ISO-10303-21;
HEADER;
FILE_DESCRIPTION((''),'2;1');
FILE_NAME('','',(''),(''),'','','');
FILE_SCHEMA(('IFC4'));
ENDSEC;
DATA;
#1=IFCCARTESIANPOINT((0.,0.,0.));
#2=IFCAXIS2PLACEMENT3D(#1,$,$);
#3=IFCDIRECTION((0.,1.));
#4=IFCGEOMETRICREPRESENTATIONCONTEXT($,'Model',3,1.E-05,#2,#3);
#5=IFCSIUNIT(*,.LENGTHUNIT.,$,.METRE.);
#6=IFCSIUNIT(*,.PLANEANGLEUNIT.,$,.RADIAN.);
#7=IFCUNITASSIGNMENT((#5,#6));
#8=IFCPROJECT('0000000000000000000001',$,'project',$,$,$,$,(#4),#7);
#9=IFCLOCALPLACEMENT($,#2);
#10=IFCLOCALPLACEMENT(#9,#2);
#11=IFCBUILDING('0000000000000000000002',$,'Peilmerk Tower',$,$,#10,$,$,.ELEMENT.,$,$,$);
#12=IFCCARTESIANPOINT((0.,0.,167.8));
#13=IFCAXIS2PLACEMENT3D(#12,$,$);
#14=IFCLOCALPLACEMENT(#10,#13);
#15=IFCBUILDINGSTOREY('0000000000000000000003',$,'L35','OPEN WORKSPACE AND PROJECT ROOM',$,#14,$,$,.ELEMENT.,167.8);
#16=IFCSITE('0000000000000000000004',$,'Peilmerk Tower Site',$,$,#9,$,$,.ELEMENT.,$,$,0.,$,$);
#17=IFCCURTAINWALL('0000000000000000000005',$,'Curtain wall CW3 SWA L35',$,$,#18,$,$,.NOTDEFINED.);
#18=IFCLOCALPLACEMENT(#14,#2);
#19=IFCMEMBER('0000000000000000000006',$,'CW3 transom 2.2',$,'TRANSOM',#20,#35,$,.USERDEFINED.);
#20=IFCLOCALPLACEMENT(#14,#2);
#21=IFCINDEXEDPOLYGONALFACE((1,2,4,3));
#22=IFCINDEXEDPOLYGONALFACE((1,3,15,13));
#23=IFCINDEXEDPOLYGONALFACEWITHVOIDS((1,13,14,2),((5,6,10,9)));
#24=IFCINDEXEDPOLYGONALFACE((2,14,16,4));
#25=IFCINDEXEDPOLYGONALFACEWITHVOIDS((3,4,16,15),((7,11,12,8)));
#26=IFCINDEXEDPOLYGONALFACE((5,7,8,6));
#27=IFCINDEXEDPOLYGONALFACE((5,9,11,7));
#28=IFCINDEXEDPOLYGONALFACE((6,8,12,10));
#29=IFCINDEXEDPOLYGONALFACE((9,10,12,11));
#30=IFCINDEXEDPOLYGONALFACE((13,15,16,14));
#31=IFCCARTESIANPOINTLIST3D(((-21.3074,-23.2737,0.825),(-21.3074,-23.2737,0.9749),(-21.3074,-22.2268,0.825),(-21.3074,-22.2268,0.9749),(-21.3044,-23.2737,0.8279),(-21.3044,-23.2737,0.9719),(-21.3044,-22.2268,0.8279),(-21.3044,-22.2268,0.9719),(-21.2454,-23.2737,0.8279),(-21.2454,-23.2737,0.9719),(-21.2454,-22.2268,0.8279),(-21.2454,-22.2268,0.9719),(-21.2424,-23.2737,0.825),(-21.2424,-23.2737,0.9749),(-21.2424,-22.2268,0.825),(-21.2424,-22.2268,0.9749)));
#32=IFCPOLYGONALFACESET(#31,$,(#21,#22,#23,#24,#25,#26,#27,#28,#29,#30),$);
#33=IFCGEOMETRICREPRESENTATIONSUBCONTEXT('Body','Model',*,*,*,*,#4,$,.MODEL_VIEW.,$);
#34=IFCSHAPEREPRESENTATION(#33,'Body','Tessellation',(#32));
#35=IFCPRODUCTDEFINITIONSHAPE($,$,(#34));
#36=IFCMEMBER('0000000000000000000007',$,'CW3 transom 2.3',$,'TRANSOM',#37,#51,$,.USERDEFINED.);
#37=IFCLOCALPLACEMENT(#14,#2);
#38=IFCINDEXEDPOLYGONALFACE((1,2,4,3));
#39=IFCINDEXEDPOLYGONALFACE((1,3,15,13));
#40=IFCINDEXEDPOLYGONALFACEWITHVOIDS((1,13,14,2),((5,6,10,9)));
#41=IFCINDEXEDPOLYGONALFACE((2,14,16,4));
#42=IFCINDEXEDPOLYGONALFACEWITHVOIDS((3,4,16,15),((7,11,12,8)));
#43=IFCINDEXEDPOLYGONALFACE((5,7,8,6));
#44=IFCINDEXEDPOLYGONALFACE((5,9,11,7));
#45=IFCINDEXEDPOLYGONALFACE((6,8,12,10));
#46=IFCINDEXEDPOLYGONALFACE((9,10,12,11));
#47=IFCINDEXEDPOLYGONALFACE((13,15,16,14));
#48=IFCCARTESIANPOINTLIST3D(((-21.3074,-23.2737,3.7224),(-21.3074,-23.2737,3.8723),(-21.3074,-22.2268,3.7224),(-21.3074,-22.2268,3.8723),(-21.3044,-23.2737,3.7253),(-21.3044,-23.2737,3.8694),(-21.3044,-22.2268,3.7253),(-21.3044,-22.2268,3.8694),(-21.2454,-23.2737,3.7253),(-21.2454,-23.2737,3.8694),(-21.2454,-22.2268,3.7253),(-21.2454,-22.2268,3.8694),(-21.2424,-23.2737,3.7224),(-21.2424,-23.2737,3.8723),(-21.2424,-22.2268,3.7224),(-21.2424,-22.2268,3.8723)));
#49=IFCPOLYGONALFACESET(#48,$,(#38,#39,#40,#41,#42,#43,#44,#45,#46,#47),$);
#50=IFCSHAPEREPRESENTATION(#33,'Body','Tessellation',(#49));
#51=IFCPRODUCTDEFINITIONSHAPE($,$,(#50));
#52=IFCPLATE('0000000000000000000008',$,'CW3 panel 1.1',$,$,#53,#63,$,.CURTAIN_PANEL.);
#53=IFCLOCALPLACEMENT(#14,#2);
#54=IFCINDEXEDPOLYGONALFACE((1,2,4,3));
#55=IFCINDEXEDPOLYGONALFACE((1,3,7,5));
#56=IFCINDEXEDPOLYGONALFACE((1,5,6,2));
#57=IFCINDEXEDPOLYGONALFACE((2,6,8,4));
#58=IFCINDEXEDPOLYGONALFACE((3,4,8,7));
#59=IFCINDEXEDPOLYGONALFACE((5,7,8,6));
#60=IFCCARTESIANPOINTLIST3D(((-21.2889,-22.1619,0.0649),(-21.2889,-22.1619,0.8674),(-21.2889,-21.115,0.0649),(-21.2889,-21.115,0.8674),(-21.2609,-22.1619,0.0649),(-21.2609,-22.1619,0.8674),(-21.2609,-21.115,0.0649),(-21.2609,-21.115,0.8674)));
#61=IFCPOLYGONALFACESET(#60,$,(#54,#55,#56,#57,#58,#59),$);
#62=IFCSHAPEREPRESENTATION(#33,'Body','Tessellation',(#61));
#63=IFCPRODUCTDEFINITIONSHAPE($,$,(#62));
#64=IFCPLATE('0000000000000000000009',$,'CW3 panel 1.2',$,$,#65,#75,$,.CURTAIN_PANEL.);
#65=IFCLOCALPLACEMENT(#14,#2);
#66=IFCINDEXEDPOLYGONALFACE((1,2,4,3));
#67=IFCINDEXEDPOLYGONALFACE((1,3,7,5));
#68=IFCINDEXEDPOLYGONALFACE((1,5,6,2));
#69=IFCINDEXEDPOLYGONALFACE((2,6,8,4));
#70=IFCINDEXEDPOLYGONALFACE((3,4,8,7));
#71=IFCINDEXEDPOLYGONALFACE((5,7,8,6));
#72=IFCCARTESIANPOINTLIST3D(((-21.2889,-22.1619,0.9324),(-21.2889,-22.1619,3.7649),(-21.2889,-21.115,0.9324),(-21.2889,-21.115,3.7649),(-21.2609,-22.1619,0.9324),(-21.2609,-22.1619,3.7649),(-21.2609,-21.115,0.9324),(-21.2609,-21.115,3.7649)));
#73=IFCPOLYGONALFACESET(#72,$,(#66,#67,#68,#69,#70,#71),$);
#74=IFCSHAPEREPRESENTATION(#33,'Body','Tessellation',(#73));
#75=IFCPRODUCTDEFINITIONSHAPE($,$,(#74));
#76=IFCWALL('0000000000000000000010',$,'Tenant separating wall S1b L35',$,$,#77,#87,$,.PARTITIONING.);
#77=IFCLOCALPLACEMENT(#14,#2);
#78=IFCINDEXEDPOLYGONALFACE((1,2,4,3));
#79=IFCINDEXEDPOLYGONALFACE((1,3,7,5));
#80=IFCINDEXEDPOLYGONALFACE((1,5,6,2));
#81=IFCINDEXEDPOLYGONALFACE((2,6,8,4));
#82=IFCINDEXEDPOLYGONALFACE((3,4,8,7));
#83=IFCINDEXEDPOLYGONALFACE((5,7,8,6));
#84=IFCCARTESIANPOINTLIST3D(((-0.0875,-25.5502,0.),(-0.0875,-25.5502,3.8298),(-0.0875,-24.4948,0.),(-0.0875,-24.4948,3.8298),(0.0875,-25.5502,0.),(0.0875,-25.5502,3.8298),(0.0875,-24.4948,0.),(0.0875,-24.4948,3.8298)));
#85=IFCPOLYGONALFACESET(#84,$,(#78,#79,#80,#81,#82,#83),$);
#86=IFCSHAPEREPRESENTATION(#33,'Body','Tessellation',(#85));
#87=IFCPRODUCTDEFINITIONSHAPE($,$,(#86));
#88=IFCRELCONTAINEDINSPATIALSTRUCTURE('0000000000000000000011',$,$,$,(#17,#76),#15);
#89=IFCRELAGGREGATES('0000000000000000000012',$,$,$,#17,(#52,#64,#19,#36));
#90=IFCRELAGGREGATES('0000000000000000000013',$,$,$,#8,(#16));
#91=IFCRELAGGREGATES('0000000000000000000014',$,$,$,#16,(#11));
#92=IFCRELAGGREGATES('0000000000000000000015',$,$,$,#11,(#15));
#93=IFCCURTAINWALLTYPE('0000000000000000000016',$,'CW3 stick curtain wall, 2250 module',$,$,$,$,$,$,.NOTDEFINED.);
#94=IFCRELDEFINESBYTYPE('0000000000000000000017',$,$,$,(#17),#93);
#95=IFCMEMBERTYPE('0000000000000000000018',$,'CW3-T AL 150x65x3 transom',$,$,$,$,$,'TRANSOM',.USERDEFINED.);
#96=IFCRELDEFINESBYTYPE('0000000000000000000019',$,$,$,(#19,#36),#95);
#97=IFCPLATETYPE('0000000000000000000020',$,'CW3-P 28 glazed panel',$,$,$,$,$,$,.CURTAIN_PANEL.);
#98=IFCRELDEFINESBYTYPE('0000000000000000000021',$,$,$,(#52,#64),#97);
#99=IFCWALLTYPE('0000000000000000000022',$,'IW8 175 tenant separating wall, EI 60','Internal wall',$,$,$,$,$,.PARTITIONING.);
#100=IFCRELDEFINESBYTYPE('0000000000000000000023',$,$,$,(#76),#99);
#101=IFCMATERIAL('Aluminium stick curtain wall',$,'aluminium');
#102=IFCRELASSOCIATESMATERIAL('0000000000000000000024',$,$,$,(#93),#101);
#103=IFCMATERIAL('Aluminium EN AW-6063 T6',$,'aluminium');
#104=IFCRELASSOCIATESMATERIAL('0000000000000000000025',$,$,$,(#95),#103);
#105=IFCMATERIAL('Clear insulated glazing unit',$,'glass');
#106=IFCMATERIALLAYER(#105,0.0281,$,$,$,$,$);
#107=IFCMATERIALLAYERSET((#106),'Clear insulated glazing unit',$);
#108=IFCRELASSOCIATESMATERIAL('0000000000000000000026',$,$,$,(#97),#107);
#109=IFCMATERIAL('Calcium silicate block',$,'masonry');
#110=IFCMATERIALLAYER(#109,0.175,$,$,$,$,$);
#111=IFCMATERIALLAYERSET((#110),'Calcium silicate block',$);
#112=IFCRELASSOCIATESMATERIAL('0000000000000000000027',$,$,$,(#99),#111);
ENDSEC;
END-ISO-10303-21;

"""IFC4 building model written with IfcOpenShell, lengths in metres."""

from ifc_helpers import new_model, si_unit, direction, frame, frame_2d, origin, origin_2d, place, context, subcontext, project, spatial, rectangle, hollow_rectangle, extrude, material, layer, layer_set, material_profile, profile_set, type_object, element, aggregate, save


model = new_model("IFC4")

# Units and contexts
model_context = context("Model", 3, precision=1e-05, world=origin(), true_north=direction((0.0, 1.0)))
body_context = subcontext(model_context, "Body", "Model", "MODEL_VIEW")
ifc_project = project(units=[si_unit("LENGTHUNIT", "METRE"), si_unit("PLANEANGLEUNIT", "RADIAN")], contexts=[model_context])

# Site, building, storey
site_placement = place(None, origin())
site = spatial("IfcSite", under=ifc_project, at=site_placement, Name="Peilmerk Tower Site", CompositionType="ELEMENT", RefElevation=0.0)
building_placement = place(site_placement, origin())
building = spatial("IfcBuilding", under=site, at=building_placement, Name="Peilmerk Tower", CompositionType="ELEMENT")
storey_placement = place(building_placement, frame((0.0, 0.0, 167.8)))
storey = spatial("IfcBuildingStorey", under=building, at=storey_placement, Name="L35", Description="OPEN WORKSPACE AND PROJECT ROOM", CompositionType="ELEMENT", Elevation=167.8)

# Curtain wall, members, plates
ifc_material_1 = material(Name="Aluminium stick curtain wall", Category="aluminium")
curtain_wall_type = type_object("IfcCurtainWallType", Name="CW3 stick curtain wall, 2250 module", PredefinedType="NOTDEFINED", material=ifc_material_1)
curtain_wall_placement = place(storey_placement, origin())
curtain_wall = element("IfcCurtainWall", 1, at=curtain_wall_placement, inside=storey, type_object=curtain_wall_type, Name="Curtain wall CW3 SWA L35", PredefinedType="NOTDEFINED")
ifc_material_2 = material(Name="Aluminium EN AW-6063 T6", Category="aluminium")
ifc_material_profile_1 = material_profile(ifc_material_2, hollow_rectangle(XDim=0.0649, YDim=0.1499, WallThickness=0.0029, at=origin_2d()), Name="AL 150x65x3")
ifc_profile_set_1 = profile_set([ifc_material_profile_1], Name="Aluminium EN AW-6063 T6")
member_type_1 = type_object("IfcMemberType", Name="CW3-T AL 150x65x3 transom", ElementType="TRANSOM", PredefinedType="USERDEFINED", material=ifc_profile_set_1)
member_1_placement = place(storey_placement, frame((-21.2749, -22.2268, 0.8999), z_axis=(0.0, -1.0, 0.0), x_axis=(1.0, 0.0, 0.0)))
member_1 = element("IfcMember", 2, at=member_1_placement, type_object=member_type_1, Name="CW3 transom 2.2", ObjectType="TRANSOM", PredefinedType="USERDEFINED", context=body_context, shape_type="SweptSolid", body=[
    extrude(hollow_rectangle(XDim=0.0649, YDim=0.1499, WallThickness=0.0029, at=origin_2d()), origin(), (0.0, 0.0, 1.0), 1.0469),
])
member_2_placement = place(storey_placement, frame((-21.2749, -22.2268, 3.7974), z_axis=(0.0, -1.0, 0.0), x_axis=(1.0, 0.0, 0.0)))
member_2 = element("IfcMember", 3, at=member_2_placement, type_object=member_type_1, Name="CW3 transom 2.3", ObjectType="TRANSOM", PredefinedType="USERDEFINED", context=body_context, shape_type="SweptSolid", body=[
    extrude(hollow_rectangle(XDim=0.0649, YDim=0.1499, WallThickness=0.0029, at=origin_2d()), origin(), (0.0, 0.0, 1.0), 1.0469),
])
ifc_material_3 = material(Name="Clear insulated glazing unit", Category="glass")
ifc_layer_1 = layer(ifc_material_3, 0.0281)
ifc_layer_set_1 = layer_set([ifc_layer_1], Name="Clear insulated glazing unit")
plate_type = type_object("IfcPlateType", Name="CW3-P 28 glazed panel", PredefinedType="CURTAIN_PANEL", material=ifc_layer_set_1)
plate_1_placement = place(storey_placement, frame((-21.2749, -21.6384, 0.0649), z_axis=(0.0, 0.0, 1.0), x_axis=(0.0, -1.0, 0.0)))
plate_1 = element("IfcPlate", 4, at=plate_1_placement, type_object=plate_type, Name="CW3 panel 1.1", PredefinedType="CURTAIN_PANEL", context=body_context, shape_type="SweptSolid", body=[
    extrude(rectangle(XDim=1.0469, YDim=0.0281, at=origin_2d()), origin(), (0.0, 0.0, 1.0), 0.8025),
])
plate_2_placement = place(storey_placement, frame((-21.2749, -21.6384, 0.9324), z_axis=(0.0, 0.0, 1.0), x_axis=(0.0, -1.0, 0.0)))
plate_2 = element("IfcPlate", 5, at=plate_2_placement, type_object=plate_type, Name="CW3 panel 1.2", PredefinedType="CURTAIN_PANEL", context=body_context, shape_type="SweptSolid", body=[
    extrude(rectangle(XDim=1.0469, YDim=0.0281, at=origin_2d()), origin(), (0.0, 0.0, 1.0), 2.8325),
])
aggregate(curtain_wall, [plate_1, plate_2, member_1, member_2])

# Wall
ifc_material_4 = material(Name="Calcium silicate block", Category="masonry")
ifc_layer_2 = layer(ifc_material_4, 0.175)
ifc_layer_set_2 = layer_set([ifc_layer_2], Name="Calcium silicate block")
wall_type = type_object("IfcWallType", Name="IW8 175 tenant separating wall, EI 60", Description="Internal wall", PredefinedType="PARTITIONING", material=ifc_layer_set_2)
wall_placement = place(storey_placement, frame((0.0, -24.4946, 0.0), z_axis=(0.0, 0.0, 1.0), x_axis=(0.0, -1.0, 0.0)))
element("IfcWall", 6, at=wall_placement, inside=storey, type_object=wall_type, Name="Tenant separating wall S1b L35", PredefinedType="PARTITIONING", context=body_context, shape_type="SweptSolid", body=[
    extrude(rectangle(XDim=1.0554, YDim=0.175, at=frame_2d((0.5278, 0.0))), origin(), (0.0, 0.0, 1.0), 3.8298),
])

save(model, "model.ifc")
